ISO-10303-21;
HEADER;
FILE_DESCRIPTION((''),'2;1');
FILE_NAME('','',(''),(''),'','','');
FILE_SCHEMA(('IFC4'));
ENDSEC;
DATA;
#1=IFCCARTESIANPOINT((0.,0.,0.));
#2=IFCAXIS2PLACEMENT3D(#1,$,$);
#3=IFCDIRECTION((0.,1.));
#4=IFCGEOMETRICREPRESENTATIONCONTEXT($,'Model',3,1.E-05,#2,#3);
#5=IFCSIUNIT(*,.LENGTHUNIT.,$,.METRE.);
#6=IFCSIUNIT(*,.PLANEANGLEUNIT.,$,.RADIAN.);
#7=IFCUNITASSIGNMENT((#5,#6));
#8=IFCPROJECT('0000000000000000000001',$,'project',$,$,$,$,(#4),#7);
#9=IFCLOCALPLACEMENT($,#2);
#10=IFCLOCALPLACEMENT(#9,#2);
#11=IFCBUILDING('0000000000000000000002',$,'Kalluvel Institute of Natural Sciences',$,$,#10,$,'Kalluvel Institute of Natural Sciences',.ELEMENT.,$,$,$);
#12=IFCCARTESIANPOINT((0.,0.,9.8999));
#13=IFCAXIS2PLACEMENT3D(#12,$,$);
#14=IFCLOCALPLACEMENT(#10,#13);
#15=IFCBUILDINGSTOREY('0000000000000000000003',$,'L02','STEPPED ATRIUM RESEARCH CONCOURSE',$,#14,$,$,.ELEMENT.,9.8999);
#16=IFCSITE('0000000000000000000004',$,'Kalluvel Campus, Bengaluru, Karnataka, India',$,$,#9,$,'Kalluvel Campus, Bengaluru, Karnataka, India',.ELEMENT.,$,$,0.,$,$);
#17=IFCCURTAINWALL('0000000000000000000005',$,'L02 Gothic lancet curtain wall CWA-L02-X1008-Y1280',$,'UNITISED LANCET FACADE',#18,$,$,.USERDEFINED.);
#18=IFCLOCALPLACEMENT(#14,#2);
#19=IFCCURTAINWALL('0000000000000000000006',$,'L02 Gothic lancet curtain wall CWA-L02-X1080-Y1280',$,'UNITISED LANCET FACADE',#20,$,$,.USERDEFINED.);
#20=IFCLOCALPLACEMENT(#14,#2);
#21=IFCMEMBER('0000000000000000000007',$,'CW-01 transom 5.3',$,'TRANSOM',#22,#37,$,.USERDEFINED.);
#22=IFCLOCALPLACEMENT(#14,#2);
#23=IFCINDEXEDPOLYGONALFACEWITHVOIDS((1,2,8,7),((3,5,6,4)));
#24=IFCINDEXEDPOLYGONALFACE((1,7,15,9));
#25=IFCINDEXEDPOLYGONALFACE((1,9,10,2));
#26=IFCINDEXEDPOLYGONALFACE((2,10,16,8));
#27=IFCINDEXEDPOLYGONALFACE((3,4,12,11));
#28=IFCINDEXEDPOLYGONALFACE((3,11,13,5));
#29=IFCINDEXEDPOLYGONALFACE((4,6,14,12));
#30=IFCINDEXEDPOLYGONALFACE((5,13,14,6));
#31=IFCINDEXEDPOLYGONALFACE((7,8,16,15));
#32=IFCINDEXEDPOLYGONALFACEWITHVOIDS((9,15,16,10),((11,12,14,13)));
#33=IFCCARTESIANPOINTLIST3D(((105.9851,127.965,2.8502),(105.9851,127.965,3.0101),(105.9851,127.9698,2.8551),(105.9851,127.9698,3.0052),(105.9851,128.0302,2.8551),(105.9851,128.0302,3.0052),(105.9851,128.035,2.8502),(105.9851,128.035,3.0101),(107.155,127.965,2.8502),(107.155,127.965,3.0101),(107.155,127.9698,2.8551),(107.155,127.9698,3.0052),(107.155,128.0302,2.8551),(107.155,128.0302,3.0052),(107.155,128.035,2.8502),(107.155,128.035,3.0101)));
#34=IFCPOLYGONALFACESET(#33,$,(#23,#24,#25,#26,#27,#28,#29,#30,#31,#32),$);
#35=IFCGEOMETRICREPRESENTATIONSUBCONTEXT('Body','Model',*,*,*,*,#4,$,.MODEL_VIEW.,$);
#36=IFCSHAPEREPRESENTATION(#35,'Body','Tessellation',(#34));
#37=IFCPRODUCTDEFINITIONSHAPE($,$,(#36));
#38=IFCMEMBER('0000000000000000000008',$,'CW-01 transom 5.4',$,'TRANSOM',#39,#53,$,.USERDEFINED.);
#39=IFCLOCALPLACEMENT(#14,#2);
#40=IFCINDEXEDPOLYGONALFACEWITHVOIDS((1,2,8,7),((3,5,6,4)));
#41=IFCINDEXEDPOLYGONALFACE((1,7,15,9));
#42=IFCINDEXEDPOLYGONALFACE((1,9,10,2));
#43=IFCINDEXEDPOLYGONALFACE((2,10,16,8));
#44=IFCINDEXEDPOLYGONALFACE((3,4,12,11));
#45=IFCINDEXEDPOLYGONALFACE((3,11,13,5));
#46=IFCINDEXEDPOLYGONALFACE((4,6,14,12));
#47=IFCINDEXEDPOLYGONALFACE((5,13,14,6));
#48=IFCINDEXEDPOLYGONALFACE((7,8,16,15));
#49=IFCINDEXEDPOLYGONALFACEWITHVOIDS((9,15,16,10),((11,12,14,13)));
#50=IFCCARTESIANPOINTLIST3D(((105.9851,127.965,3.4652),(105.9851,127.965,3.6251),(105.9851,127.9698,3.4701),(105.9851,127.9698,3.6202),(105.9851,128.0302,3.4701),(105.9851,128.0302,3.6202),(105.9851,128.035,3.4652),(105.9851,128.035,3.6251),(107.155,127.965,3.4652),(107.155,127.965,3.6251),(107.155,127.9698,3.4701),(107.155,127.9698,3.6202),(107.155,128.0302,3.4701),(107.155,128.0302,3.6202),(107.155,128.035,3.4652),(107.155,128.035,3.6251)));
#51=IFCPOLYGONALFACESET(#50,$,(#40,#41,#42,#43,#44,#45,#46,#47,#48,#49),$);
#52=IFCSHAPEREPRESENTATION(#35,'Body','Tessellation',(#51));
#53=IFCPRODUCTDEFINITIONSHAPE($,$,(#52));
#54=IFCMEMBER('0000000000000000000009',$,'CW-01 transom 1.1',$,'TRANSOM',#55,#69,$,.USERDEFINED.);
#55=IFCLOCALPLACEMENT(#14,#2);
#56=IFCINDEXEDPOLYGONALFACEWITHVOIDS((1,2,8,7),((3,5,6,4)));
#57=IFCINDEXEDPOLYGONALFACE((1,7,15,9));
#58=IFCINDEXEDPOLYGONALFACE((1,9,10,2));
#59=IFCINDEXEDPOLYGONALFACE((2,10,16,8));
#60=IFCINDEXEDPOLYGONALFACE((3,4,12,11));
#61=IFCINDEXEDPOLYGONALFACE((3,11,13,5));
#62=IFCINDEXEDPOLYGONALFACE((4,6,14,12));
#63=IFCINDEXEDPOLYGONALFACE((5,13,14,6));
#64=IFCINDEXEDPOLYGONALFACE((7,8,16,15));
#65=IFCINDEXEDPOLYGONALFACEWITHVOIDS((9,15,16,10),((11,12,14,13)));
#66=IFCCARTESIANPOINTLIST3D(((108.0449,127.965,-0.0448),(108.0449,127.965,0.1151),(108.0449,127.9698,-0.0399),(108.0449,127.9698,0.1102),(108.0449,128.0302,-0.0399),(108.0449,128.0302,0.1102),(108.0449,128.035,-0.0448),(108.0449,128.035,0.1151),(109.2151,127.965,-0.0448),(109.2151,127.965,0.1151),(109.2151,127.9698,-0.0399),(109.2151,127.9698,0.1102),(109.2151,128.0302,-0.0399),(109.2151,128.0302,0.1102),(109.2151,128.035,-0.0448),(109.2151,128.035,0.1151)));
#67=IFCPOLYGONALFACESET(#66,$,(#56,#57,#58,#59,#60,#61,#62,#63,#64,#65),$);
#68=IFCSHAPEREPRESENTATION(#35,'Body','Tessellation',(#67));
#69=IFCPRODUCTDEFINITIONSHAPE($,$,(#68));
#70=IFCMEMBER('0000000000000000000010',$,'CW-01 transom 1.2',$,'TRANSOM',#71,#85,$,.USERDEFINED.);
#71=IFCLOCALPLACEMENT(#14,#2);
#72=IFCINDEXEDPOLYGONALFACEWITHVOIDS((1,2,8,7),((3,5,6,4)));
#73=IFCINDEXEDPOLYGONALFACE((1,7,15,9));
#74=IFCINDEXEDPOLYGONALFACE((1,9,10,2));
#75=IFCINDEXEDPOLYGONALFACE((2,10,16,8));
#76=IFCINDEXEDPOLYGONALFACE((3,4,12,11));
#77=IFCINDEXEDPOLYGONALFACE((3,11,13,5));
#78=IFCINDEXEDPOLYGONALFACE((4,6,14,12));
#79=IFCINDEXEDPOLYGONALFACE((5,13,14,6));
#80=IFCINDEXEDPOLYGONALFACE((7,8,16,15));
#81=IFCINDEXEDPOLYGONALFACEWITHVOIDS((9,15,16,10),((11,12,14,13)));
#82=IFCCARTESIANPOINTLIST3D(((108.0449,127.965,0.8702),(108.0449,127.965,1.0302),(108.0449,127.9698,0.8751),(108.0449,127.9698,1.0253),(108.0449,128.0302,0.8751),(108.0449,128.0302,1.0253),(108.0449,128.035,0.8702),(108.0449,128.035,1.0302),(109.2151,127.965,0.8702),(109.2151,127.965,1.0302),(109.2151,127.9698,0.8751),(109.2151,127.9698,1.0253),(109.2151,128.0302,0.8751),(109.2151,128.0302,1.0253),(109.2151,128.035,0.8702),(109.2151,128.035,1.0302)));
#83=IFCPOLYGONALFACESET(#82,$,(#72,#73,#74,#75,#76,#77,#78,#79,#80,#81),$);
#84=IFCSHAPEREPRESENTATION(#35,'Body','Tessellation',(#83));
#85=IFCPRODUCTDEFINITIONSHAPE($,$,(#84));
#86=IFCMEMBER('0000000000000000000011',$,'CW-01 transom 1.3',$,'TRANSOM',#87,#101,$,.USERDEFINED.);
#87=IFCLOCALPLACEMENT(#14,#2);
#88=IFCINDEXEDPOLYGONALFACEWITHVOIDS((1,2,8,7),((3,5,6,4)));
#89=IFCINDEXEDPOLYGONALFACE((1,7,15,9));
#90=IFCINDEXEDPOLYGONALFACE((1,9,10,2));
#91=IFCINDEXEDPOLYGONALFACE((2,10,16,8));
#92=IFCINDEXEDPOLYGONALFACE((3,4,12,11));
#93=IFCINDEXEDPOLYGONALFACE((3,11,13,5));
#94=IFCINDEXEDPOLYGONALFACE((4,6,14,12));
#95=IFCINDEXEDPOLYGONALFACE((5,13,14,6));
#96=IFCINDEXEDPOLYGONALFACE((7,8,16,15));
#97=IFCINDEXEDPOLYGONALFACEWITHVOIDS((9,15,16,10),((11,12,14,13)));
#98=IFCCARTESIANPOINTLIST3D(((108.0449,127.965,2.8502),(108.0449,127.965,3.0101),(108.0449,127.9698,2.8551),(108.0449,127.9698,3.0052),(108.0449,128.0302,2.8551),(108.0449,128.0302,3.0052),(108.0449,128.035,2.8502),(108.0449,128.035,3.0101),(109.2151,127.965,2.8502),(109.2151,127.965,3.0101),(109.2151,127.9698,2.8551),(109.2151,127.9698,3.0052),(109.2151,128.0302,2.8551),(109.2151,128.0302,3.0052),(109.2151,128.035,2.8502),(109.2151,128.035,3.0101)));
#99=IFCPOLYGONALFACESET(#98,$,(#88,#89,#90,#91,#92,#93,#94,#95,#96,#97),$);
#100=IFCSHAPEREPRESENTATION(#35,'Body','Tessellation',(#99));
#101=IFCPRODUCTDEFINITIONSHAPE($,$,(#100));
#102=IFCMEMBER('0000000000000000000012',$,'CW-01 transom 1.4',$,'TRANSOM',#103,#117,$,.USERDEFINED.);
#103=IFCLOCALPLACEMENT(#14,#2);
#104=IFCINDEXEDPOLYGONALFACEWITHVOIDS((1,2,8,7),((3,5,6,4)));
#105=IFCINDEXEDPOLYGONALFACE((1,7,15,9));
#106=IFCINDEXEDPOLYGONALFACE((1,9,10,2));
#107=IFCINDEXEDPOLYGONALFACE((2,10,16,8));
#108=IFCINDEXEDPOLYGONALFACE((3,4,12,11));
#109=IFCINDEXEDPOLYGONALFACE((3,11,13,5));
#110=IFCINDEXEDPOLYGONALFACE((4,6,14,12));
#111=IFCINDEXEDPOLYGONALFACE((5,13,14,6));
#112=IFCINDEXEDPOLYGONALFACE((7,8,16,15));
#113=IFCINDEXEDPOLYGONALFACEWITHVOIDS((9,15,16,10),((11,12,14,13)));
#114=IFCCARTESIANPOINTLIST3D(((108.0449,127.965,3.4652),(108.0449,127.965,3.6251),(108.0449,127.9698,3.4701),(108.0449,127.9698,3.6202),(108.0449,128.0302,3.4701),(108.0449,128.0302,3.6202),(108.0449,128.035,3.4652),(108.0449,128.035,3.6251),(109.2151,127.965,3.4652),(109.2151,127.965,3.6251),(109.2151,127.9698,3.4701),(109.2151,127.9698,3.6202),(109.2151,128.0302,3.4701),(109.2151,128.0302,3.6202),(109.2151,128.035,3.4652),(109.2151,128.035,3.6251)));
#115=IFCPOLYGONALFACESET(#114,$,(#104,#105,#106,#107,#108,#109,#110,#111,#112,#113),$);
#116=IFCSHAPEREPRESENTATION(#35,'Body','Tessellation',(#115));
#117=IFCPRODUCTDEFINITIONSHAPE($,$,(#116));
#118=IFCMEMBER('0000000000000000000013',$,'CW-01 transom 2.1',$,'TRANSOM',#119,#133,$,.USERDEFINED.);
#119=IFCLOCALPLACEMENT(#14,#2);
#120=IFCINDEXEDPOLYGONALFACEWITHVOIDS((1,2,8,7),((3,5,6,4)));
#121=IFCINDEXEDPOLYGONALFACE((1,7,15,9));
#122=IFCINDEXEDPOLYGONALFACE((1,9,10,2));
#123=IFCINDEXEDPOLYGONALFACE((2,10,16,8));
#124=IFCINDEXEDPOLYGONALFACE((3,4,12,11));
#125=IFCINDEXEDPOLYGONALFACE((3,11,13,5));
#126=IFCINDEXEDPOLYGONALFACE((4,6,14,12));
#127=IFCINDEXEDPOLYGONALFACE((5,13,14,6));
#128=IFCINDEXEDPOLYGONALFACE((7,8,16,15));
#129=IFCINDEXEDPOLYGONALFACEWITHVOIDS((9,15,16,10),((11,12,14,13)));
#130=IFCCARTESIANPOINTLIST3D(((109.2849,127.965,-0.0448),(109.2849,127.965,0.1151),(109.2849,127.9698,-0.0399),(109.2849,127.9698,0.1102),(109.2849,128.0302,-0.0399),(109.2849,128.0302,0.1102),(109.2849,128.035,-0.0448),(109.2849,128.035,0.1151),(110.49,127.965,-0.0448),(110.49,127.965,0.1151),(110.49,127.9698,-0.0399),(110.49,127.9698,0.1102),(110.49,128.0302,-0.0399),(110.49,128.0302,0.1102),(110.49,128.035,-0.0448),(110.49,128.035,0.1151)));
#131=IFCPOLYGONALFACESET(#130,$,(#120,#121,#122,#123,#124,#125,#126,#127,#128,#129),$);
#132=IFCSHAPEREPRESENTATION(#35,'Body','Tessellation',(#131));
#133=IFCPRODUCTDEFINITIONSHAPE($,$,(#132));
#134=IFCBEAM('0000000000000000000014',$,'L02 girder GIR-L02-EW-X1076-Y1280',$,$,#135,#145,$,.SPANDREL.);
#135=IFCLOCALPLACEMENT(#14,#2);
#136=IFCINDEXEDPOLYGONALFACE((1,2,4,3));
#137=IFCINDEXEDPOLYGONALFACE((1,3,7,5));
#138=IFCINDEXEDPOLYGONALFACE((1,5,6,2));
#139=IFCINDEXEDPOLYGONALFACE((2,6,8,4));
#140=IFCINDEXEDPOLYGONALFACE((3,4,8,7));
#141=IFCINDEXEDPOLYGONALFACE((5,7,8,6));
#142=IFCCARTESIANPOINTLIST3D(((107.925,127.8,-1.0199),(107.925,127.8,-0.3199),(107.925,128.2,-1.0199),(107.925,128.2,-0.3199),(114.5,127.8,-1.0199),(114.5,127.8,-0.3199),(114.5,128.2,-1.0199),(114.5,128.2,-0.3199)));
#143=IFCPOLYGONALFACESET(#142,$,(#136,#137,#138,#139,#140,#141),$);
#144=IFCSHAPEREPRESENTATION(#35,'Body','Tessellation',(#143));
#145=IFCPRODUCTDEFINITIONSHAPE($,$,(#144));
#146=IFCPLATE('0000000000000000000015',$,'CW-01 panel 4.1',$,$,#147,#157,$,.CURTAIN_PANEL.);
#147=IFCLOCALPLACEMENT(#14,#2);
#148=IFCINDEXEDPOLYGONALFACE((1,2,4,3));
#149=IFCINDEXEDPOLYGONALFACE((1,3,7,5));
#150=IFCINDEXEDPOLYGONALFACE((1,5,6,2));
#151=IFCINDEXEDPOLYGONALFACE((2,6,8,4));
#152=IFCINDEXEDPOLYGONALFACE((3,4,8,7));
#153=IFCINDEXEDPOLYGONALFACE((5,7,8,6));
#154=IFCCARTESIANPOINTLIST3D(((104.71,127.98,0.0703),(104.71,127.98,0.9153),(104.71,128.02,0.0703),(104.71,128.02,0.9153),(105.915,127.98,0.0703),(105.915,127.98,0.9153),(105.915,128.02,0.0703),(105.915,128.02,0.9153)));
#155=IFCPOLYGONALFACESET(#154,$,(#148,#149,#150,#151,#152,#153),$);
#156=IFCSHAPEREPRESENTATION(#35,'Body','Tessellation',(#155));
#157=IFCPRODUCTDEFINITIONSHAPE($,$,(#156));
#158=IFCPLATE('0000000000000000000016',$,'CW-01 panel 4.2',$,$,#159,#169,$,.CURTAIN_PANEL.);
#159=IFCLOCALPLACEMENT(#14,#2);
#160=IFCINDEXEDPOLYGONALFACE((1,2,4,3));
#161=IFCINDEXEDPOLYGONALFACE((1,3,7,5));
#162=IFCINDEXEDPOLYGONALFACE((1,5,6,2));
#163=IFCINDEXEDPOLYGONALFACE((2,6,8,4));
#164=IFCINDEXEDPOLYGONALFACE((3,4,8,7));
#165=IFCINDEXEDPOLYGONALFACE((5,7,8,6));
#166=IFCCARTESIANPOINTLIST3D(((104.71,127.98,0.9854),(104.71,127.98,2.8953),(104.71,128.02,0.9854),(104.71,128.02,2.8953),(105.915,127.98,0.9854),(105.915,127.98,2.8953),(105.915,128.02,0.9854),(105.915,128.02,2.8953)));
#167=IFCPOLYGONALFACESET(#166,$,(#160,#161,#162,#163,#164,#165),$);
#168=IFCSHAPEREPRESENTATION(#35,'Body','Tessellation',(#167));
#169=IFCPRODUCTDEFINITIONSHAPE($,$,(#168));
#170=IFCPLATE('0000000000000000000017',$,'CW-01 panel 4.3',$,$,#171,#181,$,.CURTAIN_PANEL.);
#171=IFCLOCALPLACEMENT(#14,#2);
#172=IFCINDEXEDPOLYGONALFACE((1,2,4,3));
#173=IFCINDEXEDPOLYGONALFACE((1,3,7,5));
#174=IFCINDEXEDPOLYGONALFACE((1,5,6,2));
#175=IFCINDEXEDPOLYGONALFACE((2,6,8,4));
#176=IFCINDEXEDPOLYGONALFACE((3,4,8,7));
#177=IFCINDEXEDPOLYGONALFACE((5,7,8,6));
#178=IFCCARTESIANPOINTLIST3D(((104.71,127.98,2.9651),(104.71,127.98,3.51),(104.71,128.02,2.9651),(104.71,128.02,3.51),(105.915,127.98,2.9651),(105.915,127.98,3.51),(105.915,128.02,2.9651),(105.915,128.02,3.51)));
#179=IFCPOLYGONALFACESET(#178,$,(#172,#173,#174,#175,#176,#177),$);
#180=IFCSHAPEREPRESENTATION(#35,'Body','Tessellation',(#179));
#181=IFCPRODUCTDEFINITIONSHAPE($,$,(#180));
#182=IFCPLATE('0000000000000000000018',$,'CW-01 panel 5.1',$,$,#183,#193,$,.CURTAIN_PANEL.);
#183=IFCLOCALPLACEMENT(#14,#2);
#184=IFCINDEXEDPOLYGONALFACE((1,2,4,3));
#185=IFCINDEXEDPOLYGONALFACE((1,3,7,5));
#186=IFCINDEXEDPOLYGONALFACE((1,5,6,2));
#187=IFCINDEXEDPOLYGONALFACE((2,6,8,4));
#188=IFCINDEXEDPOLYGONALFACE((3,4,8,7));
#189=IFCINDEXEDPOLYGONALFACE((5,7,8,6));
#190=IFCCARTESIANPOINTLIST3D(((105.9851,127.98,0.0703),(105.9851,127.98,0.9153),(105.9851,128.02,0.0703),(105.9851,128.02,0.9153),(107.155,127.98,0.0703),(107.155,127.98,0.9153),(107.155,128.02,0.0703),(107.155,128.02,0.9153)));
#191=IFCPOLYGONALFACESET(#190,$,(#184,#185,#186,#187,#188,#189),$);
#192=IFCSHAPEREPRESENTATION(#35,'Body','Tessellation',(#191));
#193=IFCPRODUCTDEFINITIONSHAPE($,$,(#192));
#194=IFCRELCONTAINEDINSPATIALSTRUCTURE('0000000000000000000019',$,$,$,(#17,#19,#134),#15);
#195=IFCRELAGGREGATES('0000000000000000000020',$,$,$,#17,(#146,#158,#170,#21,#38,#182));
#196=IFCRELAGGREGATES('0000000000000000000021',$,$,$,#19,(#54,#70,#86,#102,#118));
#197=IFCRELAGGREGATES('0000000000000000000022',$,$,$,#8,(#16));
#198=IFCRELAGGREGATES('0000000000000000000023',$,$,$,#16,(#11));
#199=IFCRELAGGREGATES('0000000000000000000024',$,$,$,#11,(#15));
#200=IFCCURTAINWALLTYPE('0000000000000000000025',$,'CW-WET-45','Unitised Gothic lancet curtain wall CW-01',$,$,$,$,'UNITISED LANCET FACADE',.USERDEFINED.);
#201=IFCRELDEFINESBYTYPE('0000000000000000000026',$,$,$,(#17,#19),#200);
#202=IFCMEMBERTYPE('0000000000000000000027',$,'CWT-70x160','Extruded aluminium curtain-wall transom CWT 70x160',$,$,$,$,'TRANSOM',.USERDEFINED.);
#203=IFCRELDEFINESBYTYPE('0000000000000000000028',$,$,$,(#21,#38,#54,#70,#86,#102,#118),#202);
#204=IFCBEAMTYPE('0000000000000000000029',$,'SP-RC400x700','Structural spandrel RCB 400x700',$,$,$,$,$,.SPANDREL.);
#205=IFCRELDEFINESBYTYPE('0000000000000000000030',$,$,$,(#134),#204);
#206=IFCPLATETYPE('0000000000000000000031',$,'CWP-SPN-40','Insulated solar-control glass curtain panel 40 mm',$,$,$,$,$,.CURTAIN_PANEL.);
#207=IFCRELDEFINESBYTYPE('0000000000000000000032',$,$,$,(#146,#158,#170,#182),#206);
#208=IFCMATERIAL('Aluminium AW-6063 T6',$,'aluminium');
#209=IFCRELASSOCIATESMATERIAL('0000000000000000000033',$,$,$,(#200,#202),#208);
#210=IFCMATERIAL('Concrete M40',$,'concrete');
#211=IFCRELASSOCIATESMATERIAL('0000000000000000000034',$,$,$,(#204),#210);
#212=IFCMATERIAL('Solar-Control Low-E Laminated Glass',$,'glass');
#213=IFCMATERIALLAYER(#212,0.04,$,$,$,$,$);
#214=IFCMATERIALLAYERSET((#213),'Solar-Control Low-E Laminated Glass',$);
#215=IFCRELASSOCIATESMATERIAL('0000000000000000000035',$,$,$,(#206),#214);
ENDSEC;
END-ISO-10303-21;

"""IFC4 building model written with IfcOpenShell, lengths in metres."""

from ifc_helpers import new_model, si_unit, direction, frame, origin, origin_2d, place, context, subcontext, project, spatial, rectangle, hollow_rectangle, extrude, material, layer, layer_set, material_profile, profile_set, type_object, element, aggregate, save


model = new_model("IFC4")

# Units and contexts
model_context = context("Model", 3, precision=1e-05, world=origin(), true_north=direction((0.0, 1.0)))
body_context = subcontext(model_context, "Body", "Model", "MODEL_VIEW")
ifc_project = project(units=[si_unit("LENGTHUNIT", "METRE"), si_unit("PLANEANGLEUNIT", "RADIAN")], contexts=[model_context])

# Site, building, storey
site_placement = place(None, origin())
site = spatial("IfcSite", under=ifc_project, at=site_placement, Name="Kalluvel Campus, Bengaluru, Karnataka, India", LongName="Kalluvel Campus, Bengaluru, Karnataka, India", CompositionType="ELEMENT", RefElevation=0.0)
building_placement = place(site_placement, origin())
building = spatial("IfcBuilding", under=site, at=building_placement, Name="Kalluvel Institute of Natural Sciences", LongName="Kalluvel Institute of Natural Sciences", CompositionType="ELEMENT")
storey_placement = place(building_placement, frame((0.0, 0.0, 9.8999)))
storey = spatial("IfcBuildingStorey", under=building, at=storey_placement, Name="L02", Description="STEPPED ATRIUM RESEARCH CONCOURSE", CompositionType="ELEMENT", Elevation=9.8999)

# Shared definitions
ifc_material_1 = material(Name="Concrete M40", Category="concrete")

# Curtain walls
ifc_material_2 = material(Name="Aluminium AW-6063 T6", Category="aluminium")
curtain_wall_type = type_object("IfcCurtainWallType", Name="CW-WET-45", Description="Unitised Gothic lancet curtain wall CW-01", ElementType="UNITISED LANCET FACADE", PredefinedType="USERDEFINED", material=ifc_material_2)
curtain_wall_1_placement = place(storey_placement, origin())
curtain_wall_1 = element("IfcCurtainWall", 1, at=curtain_wall_1_placement, inside=storey, type_object=curtain_wall_type, Name="L02 Gothic lancet curtain wall CWA-L02-X1008-Y1280", ObjectType="UNITISED LANCET FACADE", PredefinedType="USERDEFINED")
curtain_wall_2_placement = place(storey_placement, origin())
curtain_wall_2 = element("IfcCurtainWall", 2, at=curtain_wall_2_placement, inside=storey, type_object=curtain_wall_type, Name="L02 Gothic lancet curtain wall CWA-L02-X1080-Y1280", ObjectType="UNITISED LANCET FACADE", PredefinedType="USERDEFINED")

# Members
ifc_material_profile_1 = material_profile(ifc_material_2, hollow_rectangle(XDim=0.0701, YDim=0.1599, WallThickness=0.0049, at=origin_2d()), Name="CWT 70x160")
ifc_profile_set_1 = profile_set([ifc_material_profile_1], Name="Aluminium AW-6063 T6")
member_type_1 = type_object("IfcMemberType", Name="CWT-70x160", Description="Extruded aluminium curtain-wall transom CWT 70x160", ElementType="TRANSOM", PredefinedType="USERDEFINED", material=ifc_profile_set_1)
member_1_placement = place(storey_placement, frame((105.9851, 128.0, 2.9302), z_axis=(1.0, 0.0, 0.0), x_axis=(0.0, 1.0, 0.0)))
member_1 = element("IfcMember", 3, at=member_1_placement, type_object=member_type_1, Name="CW-01 transom 5.3", ObjectType="TRANSOM", PredefinedType="USERDEFINED", context=body_context, shape_type="SweptSolid", body=[
    extrude(hollow_rectangle(XDim=0.0701, YDim=0.1599, WallThickness=0.0049, at=origin_2d()), origin(), (0.0, 0.0, 1.0), 1.1699),
])
member_2_placement = place(storey_placement, frame((105.9851, 128.0, 3.5452), z_axis=(1.0, 0.0, 0.0), x_axis=(0.0, 1.0, 0.0)))
member_2 = element("IfcMember", 4, at=member_2_placement, type_object=member_type_1, Name="CW-01 transom 5.4", ObjectType="TRANSOM", PredefinedType="USERDEFINED", context=body_context, shape_type="SweptSolid", body=[
    extrude(hollow_rectangle(XDim=0.0701, YDim=0.1599, WallThickness=0.0049, at=origin_2d()), origin(), (0.0, 0.0, 1.0), 1.1699),
])
member_3_placement = place(storey_placement, frame((108.0449, 128.0, 0.0352), z_axis=(1.0, 0.0, 0.0), x_axis=(0.0, 1.0, 0.0)))
member_3 = element("IfcMember", 5, at=member_3_placement, type_object=member_type_1, Name="CW-01 transom 1.1", ObjectType="TRANSOM", PredefinedType="USERDEFINED", context=body_context, shape_type="SweptSolid", body=[
    extrude(hollow_rectangle(XDim=0.0701, YDim=0.1599, WallThickness=0.0049, at=origin_2d()), origin(), (0.0, 0.0, 1.0), 1.1702),
])
member_4_placement = place(storey_placement, frame((108.0449, 128.0, 0.9502), z_axis=(1.0, 0.0, 0.0), x_axis=(0.0, 1.0, 0.0)))
member_4 = element("IfcMember", 6, at=member_4_placement, type_object=member_type_1, Name="CW-01 transom 1.2", ObjectType="TRANSOM", PredefinedType="USERDEFINED", context=body_context, shape_type="SweptSolid", body=[
    extrude(hollow_rectangle(XDim=0.0701, YDim=0.1599, WallThickness=0.0049, at=origin_2d()), origin(), (0.0, 0.0, 1.0), 1.1702),
])
member_5_placement = place(storey_placement, frame((108.0449, 128.0, 2.9302), z_axis=(1.0, 0.0, 0.0), x_axis=(0.0, 1.0, 0.0)))
member_5 = element("IfcMember", 7, at=member_5_placement, type_object=member_type_1, Name="CW-01 transom 1.3", ObjectType="TRANSOM", PredefinedType="USERDEFINED", context=body_context, shape_type="SweptSolid", body=[
    extrude(hollow_rectangle(XDim=0.0701, YDim=0.1599, WallThickness=0.0049, at=origin_2d()), origin(), (0.0, 0.0, 1.0), 1.1702),
])
member_6_placement = place(storey_placement, frame((108.0449, 128.0, 3.5452), z_axis=(1.0, 0.0, 0.0), x_axis=(0.0, 1.0, 0.0)))
member_6 = element("IfcMember", 8, at=member_6_placement, type_object=member_type_1, Name="CW-01 transom 1.4", ObjectType="TRANSOM", PredefinedType="USERDEFINED", context=body_context, shape_type="SweptSolid", body=[
    extrude(hollow_rectangle(XDim=0.0701, YDim=0.1599, WallThickness=0.0049, at=origin_2d()), origin(), (0.0, 0.0, 1.0), 1.1702),
])
member_7_placement = place(storey_placement, frame((109.2849, 128.0, 0.0352), z_axis=(1.0, 0.0, 0.0), x_axis=(0.0, 1.0, 0.0)))
member_7 = element("IfcMember", 9, at=member_7_placement, type_object=member_type_1, Name="CW-01 transom 2.1", ObjectType="TRANSOM", PredefinedType="USERDEFINED", context=body_context, shape_type="SweptSolid", body=[
    extrude(hollow_rectangle(XDim=0.0701, YDim=0.1599, WallThickness=0.0049, at=origin_2d()), origin(), (0.0, 0.0, 1.0), 1.2051),
])

# Beam
ifc_material_profile_2 = material_profile(ifc_material_1, rectangle(XDim=0.3999, YDim=0.7, at=origin_2d()), Name="RCB 400x700")
ifc_profile_set_2 = profile_set([ifc_material_profile_2], Name="Concrete M40")
beam_type = type_object("IfcBeamType", Name="SP-RC400x700", Description="Structural spandrel RCB 400x700", PredefinedType="SPANDREL", material=ifc_profile_set_2)
beam_placement = place(storey_placement, frame((107.925, 128.0, -0.6699), z_axis=(1.0, 0.0, 0.0), x_axis=(0.0, 1.0, 0.0)))
element("IfcBeam", 10, at=beam_placement, inside=storey, type_object=beam_type, Name="L02 girder GIR-L02-EW-X1076-Y1280", PredefinedType="SPANDREL", context=body_context, shape_type="SweptSolid", body=[
    extrude(rectangle(XDim=0.3999, YDim=0.7, at=origin_2d()), origin(), (0.0, 0.0, 1.0), 6.575),
])

# Plates
ifc_material_3 = material(Name="Solar-Control Low-E Laminated Glass", Category="glass")
ifc_layer = layer(ifc_material_3, 0.04)
ifc_layer_set = layer_set([ifc_layer], Name="Solar-Control Low-E Laminated Glass")
plate_type = type_object("IfcPlateType", Name="CWP-SPN-40", Description="Insulated solar-control glass curtain panel 40 mm", PredefinedType="CURTAIN_PANEL", material=ifc_layer_set)
plate_1_placement = place(storey_placement, frame((105.3125, 128.0, 0.0703), z_axis=(0.0, 0.0, 1.0), x_axis=(1.0, 0.0, 0.0)))
plate_1 = element("IfcPlate", 11, at=plate_1_placement, type_object=plate_type, Name="CW-01 panel 4.1", PredefinedType="CURTAIN_PANEL", context=body_context, shape_type="SweptSolid", body=[
    extrude(rectangle(XDim=1.2051, YDim=0.04, at=origin_2d()), origin(), (0.0, 0.0, 1.0), 0.845),
])
plate_2_placement = place(storey_placement, frame((105.3125, 128.0, 0.9854), z_axis=(0.0, 0.0, 1.0), x_axis=(1.0, 0.0, 0.0)))
plate_2 = element("IfcPlate", 12, at=plate_2_placement, type_object=plate_type, Name="CW-01 panel 4.2", PredefinedType="CURTAIN_PANEL", context=body_context, shape_type="SweptSolid", body=[
    extrude(rectangle(XDim=1.2051, YDim=0.04, at=origin_2d()), origin(), (0.0, 0.0, 1.0), 1.9099),
])
plate_3_placement = place(storey_placement, frame((105.3125, 128.0, 2.9651), z_axis=(0.0, 0.0, 1.0), x_axis=(1.0, 0.0, 0.0)))
plate_3 = element("IfcPlate", 13, at=plate_3_placement, type_object=plate_type, Name="CW-01 panel 4.3", PredefinedType="CURTAIN_PANEL", context=body_context, shape_type="SweptSolid", body=[
    extrude(rectangle(XDim=1.2051, YDim=0.04, at=origin_2d()), origin(), (0.0, 0.0, 1.0), 0.5449),
])
plate_4_placement = place(storey_placement, frame((106.5701, 128.0, 0.0703), z_axis=(0.0, 0.0, 1.0), x_axis=(1.0, 0.0, 0.0)))
plate_4 = element("IfcPlate", 14, at=plate_4_placement, type_object=plate_type, Name="CW-01 panel 5.1", PredefinedType="CURTAIN_PANEL", context=body_context, shape_type="SweptSolid", body=[
    extrude(rectangle(XDim=1.1699, YDim=0.04, at=origin_2d()), origin(), (0.0, 0.0, 1.0), 0.845),
])
aggregate(curtain_wall_1, [plate_1, plate_2, plate_3, member_1, member_2, plate_4])
aggregate(curtain_wall_2, [member_3, member_4, member_5, member_6, member_7])

save(model, "model.ifc")
